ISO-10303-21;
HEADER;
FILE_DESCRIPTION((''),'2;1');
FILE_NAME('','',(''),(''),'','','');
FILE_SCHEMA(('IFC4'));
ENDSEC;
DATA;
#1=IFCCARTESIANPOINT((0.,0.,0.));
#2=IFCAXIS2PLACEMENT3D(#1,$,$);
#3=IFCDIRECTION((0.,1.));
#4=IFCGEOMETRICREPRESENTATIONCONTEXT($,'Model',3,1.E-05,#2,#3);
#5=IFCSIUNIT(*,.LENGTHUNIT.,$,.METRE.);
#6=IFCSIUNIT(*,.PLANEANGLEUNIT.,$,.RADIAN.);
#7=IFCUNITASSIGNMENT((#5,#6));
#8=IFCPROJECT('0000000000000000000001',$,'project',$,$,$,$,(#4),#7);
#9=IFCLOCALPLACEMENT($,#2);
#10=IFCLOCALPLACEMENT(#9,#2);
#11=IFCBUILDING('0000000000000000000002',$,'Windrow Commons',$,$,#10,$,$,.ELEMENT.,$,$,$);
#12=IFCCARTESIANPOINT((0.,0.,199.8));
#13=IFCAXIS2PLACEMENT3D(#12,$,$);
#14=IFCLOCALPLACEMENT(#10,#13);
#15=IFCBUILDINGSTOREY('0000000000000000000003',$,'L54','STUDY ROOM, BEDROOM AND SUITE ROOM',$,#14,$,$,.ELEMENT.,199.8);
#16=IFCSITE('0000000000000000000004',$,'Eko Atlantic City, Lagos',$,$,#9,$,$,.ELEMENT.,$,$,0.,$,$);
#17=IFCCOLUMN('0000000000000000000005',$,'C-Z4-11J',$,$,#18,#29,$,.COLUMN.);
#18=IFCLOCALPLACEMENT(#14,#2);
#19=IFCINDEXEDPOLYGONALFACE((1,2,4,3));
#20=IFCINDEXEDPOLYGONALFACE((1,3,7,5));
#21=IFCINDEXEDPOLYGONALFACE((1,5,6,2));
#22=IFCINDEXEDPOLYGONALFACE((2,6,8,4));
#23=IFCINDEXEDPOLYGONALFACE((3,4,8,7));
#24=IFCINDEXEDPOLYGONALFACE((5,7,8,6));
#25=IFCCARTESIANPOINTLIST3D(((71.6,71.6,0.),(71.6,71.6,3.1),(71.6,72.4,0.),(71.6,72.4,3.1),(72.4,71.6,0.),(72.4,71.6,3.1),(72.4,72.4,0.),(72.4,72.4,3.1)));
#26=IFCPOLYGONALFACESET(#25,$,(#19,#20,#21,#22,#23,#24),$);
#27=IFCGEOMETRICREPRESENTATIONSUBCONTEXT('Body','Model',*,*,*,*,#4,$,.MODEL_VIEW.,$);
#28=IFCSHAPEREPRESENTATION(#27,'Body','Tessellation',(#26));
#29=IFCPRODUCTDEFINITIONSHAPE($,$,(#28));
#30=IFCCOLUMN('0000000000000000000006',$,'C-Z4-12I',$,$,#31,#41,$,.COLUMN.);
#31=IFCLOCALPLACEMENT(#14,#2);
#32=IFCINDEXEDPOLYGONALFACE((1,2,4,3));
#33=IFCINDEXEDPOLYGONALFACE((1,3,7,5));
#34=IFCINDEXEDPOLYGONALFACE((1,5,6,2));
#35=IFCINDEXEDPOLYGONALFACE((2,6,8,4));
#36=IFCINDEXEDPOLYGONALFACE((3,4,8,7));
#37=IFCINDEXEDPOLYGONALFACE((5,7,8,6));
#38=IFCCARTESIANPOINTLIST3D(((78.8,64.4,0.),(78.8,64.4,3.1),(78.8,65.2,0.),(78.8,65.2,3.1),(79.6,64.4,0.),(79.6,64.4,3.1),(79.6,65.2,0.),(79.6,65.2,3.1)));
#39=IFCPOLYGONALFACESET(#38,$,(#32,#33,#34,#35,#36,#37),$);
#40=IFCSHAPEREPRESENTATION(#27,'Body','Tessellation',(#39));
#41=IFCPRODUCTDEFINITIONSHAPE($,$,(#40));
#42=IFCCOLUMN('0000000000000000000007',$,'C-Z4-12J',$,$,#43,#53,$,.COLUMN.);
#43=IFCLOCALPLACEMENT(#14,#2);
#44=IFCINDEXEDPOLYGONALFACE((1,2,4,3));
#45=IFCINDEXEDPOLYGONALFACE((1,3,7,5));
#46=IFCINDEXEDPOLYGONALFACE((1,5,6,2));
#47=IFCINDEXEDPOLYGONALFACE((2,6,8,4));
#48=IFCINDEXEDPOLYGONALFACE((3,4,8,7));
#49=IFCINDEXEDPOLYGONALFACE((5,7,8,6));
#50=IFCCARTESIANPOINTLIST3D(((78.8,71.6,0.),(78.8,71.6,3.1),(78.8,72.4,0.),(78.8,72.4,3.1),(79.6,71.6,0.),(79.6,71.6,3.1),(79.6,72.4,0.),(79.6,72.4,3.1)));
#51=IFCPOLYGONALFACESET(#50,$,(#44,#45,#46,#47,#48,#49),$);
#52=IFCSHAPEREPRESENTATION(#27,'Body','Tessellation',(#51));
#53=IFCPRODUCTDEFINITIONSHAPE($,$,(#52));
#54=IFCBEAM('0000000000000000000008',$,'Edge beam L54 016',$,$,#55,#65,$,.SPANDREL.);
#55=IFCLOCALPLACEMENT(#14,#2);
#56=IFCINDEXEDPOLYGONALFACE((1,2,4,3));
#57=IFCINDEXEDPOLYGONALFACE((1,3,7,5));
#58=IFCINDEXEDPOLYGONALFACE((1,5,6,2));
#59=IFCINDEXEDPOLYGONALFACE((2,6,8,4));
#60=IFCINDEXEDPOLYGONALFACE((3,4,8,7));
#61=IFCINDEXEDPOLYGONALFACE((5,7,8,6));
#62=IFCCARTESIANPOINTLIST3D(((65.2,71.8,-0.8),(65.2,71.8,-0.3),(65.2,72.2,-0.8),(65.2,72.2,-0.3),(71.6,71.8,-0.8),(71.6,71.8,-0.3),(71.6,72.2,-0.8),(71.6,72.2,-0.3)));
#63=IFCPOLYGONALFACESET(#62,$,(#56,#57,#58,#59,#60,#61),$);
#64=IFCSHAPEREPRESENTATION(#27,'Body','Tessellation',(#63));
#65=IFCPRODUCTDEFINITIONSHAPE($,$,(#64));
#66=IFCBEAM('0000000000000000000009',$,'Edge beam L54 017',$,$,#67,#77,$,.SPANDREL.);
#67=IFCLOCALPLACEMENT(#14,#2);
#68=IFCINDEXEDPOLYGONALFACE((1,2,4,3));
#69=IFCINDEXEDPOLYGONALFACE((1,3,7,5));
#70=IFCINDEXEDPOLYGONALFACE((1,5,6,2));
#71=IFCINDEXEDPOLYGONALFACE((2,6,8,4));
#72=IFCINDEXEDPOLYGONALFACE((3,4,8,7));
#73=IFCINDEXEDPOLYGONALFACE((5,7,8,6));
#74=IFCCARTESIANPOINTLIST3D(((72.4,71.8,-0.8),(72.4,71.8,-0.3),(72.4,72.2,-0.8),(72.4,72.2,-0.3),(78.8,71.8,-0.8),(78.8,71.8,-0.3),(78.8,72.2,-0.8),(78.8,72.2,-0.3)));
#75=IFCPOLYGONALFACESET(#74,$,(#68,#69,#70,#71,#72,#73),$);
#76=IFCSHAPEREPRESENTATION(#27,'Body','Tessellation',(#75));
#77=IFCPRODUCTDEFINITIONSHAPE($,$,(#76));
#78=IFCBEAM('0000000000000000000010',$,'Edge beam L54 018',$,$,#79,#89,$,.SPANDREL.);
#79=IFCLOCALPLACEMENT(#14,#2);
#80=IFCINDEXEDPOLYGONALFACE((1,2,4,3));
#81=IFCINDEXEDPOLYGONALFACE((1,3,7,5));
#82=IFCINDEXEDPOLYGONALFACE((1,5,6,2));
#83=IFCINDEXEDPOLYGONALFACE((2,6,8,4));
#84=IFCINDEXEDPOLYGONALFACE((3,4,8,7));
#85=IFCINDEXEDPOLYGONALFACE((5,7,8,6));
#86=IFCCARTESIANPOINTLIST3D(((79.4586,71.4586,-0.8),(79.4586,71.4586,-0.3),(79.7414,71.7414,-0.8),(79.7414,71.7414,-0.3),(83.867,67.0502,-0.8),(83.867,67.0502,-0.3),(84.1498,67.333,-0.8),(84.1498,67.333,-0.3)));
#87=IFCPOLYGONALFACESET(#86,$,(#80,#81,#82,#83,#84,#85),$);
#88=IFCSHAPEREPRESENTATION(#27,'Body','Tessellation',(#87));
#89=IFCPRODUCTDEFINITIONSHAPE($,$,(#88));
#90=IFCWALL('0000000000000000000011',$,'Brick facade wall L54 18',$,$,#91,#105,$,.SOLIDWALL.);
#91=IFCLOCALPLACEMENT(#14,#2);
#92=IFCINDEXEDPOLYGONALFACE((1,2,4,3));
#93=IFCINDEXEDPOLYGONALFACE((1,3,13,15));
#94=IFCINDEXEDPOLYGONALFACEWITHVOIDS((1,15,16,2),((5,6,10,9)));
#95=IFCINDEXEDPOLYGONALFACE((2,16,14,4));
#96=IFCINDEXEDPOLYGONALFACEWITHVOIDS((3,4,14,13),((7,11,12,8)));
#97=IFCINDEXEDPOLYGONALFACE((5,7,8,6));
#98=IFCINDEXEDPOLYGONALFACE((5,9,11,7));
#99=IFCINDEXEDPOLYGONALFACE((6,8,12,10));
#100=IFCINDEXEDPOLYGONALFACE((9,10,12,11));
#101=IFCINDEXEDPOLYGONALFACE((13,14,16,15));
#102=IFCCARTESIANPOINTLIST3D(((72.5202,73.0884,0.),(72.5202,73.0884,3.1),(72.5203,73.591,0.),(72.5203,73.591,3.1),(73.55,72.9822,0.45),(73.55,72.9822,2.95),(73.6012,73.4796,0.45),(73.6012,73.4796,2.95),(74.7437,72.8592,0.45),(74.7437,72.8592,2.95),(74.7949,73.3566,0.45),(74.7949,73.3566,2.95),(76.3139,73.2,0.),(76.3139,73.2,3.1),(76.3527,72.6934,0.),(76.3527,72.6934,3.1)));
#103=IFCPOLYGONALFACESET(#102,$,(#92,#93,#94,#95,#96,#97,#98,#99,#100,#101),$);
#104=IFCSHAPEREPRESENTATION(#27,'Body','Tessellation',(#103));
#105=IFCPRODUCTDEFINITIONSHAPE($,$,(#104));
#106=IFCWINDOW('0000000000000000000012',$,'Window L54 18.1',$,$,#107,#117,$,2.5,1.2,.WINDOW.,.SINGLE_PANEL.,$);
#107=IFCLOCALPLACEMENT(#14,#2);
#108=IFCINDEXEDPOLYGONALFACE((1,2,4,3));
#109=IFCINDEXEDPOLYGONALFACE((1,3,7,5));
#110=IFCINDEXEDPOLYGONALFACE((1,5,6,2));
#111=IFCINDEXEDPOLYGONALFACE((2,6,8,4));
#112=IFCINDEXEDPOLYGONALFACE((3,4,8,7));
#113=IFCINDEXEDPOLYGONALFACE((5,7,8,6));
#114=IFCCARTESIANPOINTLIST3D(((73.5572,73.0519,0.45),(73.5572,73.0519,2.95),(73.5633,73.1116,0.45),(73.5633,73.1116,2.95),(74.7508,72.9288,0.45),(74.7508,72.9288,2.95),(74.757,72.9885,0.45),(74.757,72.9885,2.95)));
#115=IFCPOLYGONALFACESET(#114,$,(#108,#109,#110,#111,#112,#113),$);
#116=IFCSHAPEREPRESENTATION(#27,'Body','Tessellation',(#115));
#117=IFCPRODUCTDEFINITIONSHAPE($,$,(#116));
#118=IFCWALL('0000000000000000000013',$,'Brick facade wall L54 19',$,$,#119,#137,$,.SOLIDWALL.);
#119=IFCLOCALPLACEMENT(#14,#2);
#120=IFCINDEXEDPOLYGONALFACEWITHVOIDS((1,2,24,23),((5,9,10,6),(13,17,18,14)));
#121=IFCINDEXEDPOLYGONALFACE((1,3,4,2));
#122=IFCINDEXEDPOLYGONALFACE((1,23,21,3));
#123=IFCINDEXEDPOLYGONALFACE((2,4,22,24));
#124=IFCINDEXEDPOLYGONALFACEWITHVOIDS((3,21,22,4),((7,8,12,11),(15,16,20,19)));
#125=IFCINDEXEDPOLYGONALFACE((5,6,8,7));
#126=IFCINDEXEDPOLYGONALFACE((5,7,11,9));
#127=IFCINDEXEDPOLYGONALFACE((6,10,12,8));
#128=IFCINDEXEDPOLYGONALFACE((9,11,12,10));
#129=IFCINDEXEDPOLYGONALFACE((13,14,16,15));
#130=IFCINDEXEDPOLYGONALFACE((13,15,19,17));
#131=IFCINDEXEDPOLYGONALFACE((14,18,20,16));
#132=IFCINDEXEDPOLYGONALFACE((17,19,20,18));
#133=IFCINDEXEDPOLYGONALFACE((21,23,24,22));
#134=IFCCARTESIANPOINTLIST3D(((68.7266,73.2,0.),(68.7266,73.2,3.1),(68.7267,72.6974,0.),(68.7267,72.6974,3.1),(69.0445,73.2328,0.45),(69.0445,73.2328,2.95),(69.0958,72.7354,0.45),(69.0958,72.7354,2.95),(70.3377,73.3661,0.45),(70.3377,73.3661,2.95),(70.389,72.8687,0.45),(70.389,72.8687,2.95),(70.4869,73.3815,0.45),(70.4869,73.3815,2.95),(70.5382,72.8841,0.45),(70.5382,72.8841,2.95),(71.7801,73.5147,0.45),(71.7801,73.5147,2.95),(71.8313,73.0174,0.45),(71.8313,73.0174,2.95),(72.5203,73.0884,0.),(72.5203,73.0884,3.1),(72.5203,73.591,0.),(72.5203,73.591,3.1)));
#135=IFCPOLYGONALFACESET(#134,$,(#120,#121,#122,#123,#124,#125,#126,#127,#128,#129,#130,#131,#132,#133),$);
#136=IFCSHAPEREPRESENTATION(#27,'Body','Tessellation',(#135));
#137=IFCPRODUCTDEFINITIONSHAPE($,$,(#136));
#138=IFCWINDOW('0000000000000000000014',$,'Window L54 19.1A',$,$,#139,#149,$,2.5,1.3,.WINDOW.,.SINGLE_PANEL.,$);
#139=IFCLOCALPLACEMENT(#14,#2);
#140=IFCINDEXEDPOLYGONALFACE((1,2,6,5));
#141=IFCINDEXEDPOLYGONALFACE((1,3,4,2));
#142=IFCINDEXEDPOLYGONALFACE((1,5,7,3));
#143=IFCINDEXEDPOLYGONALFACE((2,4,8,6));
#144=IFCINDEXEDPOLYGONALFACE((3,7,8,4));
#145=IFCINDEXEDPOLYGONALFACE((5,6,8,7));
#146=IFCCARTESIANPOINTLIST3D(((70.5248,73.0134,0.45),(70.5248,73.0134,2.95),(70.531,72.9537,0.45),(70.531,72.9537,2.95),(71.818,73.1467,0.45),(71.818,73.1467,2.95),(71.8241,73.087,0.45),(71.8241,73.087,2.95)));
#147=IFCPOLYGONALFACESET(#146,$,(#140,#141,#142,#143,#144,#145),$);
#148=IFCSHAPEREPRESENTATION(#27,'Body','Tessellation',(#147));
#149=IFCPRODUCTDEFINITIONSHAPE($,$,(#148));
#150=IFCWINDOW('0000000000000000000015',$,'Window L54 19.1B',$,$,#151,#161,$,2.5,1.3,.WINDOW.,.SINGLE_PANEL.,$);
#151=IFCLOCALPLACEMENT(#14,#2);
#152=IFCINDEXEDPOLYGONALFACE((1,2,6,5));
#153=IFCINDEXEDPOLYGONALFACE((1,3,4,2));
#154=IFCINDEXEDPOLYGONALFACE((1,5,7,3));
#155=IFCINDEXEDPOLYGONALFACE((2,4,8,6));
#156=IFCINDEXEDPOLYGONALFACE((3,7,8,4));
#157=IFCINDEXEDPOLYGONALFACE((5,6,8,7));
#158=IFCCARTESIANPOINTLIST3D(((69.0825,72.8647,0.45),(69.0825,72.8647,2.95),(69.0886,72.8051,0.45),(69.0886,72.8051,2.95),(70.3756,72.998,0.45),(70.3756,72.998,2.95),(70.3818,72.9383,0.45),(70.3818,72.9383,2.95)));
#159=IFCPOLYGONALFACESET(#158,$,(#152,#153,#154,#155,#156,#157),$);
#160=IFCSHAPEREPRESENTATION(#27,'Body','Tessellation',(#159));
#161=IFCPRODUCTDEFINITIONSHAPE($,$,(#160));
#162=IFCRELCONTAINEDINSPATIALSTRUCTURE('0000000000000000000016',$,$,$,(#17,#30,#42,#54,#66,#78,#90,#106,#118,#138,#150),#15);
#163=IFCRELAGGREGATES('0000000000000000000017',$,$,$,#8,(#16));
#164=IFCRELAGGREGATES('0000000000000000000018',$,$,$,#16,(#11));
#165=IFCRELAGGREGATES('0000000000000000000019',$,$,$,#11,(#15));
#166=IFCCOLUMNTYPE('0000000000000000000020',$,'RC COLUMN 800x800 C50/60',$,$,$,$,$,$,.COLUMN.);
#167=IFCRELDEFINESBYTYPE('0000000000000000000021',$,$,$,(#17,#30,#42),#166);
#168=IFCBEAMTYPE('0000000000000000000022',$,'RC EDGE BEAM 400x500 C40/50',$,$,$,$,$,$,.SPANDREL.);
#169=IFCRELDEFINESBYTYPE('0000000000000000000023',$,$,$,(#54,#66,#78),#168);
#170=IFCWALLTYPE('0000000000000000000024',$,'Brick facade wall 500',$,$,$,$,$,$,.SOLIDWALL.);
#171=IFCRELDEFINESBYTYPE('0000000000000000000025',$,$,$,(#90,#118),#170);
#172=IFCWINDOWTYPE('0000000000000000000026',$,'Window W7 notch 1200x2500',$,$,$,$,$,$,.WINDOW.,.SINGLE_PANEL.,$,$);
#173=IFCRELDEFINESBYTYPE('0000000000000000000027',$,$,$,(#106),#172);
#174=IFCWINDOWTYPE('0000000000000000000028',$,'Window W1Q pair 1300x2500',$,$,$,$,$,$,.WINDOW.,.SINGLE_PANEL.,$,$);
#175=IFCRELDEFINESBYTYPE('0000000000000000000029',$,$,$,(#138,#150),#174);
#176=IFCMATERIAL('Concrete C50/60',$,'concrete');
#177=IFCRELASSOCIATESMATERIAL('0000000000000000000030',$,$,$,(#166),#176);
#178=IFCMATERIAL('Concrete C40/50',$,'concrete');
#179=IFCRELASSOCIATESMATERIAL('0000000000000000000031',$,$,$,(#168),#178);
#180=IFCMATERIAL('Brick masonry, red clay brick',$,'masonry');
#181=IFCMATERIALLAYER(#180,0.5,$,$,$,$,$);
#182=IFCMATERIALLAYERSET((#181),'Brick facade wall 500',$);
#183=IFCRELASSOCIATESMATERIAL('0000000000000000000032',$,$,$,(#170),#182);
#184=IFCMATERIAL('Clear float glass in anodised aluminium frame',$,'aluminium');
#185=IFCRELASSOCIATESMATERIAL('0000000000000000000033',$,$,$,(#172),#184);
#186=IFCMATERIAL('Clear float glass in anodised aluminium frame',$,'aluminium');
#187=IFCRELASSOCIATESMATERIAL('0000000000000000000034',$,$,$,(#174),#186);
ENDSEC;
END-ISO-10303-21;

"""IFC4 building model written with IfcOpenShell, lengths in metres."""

from ifc_helpers import new_model, si_unit, direction, frame, frame_2d, origin, origin_2d, place, context, subcontext, project, spatial, polyline, rectangle, outline, extrude, material, layer, layer_set, material_profile, profile_set, type_object, element, fill, save


model = new_model("IFC4")

# Units and contexts
model_context = context("Model", 3, precision=1e-05, world=origin(), true_north=direction((0.0, 1.0)))
body_context = subcontext(model_context, "Body", "Model", "MODEL_VIEW")
ifc_project = project(units=[si_unit("LENGTHUNIT", "METRE"), si_unit("PLANEANGLEUNIT", "RADIAN")], contexts=[model_context])

# Site, building, storey
site_placement = place(None, origin())
site = spatial("IfcSite", under=ifc_project, at=site_placement, Name="Eko Atlantic City, Lagos", CompositionType="ELEMENT", RefElevation=0.0)
building_placement = place(site_placement, origin())
building = spatial("IfcBuilding", under=site, at=building_placement, Name="Windrow Commons", CompositionType="ELEMENT")
storey_placement = place(building_placement, frame((0.0, 0.0, 199.8)))
storey = spatial("IfcBuildingStorey", under=building, at=storey_placement, Name="L54", Description="STUDY ROOM, BEDROOM AND SUITE ROOM", CompositionType="ELEMENT", Elevation=199.8)

# Columns
ifc_material_1 = material(Name="Concrete C50/60", Category="concrete")
ifc_material_profile_1 = material_profile(ifc_material_1, rectangle(XDim=0.8, YDim=0.8, at=origin_2d()))
ifc_profile_set_1 = profile_set([ifc_material_profile_1], Name="Concrete C50/60")
column_type = type_object("IfcColumnType", Name="RC COLUMN 800x800 C50/60", PredefinedType="COLUMN", material=ifc_profile_set_1)
for number, where, z_axis, x_axis, name in (
    (1, (72.0, 72.0, 0.0), (0.0, 0.0, 1.0), (1.0, 0.0, 0.0), "C-Z4-11J"),
    (2, (79.2, 64.8, 0.0), (0.0, 0.0, 1.0), (1.0, 0.0, 0.0), "C-Z4-12I"),
    (3, (79.2, 72.0, 0.0), (0.0, 0.0, 1.0), (1.0, 0.0, 0.0), "C-Z4-12J"),
):
    element("IfcColumn", number, at=place(storey_placement, frame(where, z_axis=z_axis, x_axis=x_axis)), inside=storey, type_object=column_type, Name=name, PredefinedType="COLUMN", context=body_context, shape_type="SweptSolid", body=[
        extrude(rectangle(XDim=0.8, YDim=0.8, at=origin_2d()), origin(), (0.0, 0.0, 1.0), 3.1),
    ])

# Beams
ifc_material_2 = material(Name="Concrete C40/50", Category="concrete")
ifc_material_profile_2 = material_profile(ifc_material_2, rectangle(XDim=0.4, YDim=0.5, at=origin_2d()))
ifc_profile_set_2 = profile_set([ifc_material_profile_2], Name="Concrete C40/50")
beam_type = type_object("IfcBeamType", Name="RC EDGE BEAM 400x500 C40/50", PredefinedType="SPANDREL", material=ifc_profile_set_2)
for number, where, z_axis, x_axis, name in (
    (4, (65.2, 72.0, -0.55), (1.0, 0.0, 0.0), (0.0, 1.0, 0.0), "Edge beam L54 016"),
    (5, (72.4, 72.0, -0.55), (1.0, 0.0, 0.0), (0.0, 1.0, 0.0), "Edge beam L54 017"),
):
    element("IfcBeam", number, at=place(storey_placement, frame(where, z_axis=z_axis, x_axis=x_axis)), inside=storey, type_object=beam_type, Name=name, PredefinedType="SPANDREL", context=body_context, shape_type="SweptSolid", body=[
        extrude(rectangle(XDim=0.4, YDim=0.5, at=origin_2d()), origin(), (0.0, 0.0, 1.0), 6.4),
    ])
beam_placement = place(storey_placement, frame((79.6, 71.6, -0.55), z_axis=(0.707107, -0.707107, 0.0), x_axis=(0.707107, 0.707107, 0.0)))
element("IfcBeam", 6, at=beam_placement, inside=storey, type_object=beam_type, Name="Edge beam L54 018", PredefinedType="SPANDREL", context=body_context, shape_type="SweptSolid", body=[
    extrude(rectangle(XDim=0.4, YDim=0.5, at=origin_2d()), origin(), (0.0, 0.0, 1.0), 6.2344),
])

# Wall, opening, window
ifc_material_3 = material(Name="Brick masonry, red clay brick", Category="masonry")
ifc_layer_1 = layer(ifc_material_3, 0.5)
ifc_layer_set_1 = layer_set([ifc_layer_1], Name="Brick facade wall 500")
wall_type_1 = type_object("IfcWallType", Name="Brick facade wall 500", PredefinedType="SOLIDWALL", material=ifc_layer_set_1)
wall_1_placement = place(storey_placement, frame((76.3333, 72.9467, 0.0), z_axis=(0.0, 0.0, 1.0), x_axis=(-0.99473, 0.102525, 0.0)))
wall_1 = element("IfcWall", 7, at=wall_1_placement, inside=storey, type_object=wall_type_1, Name="Brick facade wall L54 18", PredefinedType="SOLIDWALL", context=body_context, shape_type="SweptSolid", body=[
    extrude(outline(polyline([(0.0453, -0.25), (3.859, -0.25), (3.8075, 0.25), (-0.0453, 0.25), (0.0453, -0.25)])), origin(), (0.0, 0.0, 1.0), 3.1),
])
opening_1_placement = place(wall_1_placement, frame((1.5723, 0.0, 0.45)))
opening_1 = element("IfcOpeningElement", 8, at=opening_1_placement, cuts=wall_1, PredefinedType="OPENING", context=body_context, shape_type="SweptSolid", body=[
    extrude(rectangle(XDim=1.2, YDim=2.5, at=frame_2d((0.6, 1.25))), frame((0.0, 0.26, 0.0), z_axis=(0.0, -1.0, 0.0), x_axis=(1.0, 0.0, 0.0)), (0.0, 0.0, 1.0), 0.52),
])
ifc_material_4 = material(Name="Clear float glass in anodised aluminium frame", Category="aluminium")
window_type_1 = type_object("IfcWindowType", Name="Window W7 notch 1200x2500", PartitioningType="SINGLE_PANEL", PredefinedType="WINDOW", material=ifc_material_4)
window_1_placement = place(opening_1_placement, origin())
window_1 = element("IfcWindow", 9, at=window_1_placement, inside=storey, type_object=window_type_1, Name="Window L54 18.1", OverallHeight=2.5, OverallWidth=1.2, PartitioningType="SINGLE_PANEL", PredefinedType="WINDOW", context=body_context, shape_type="SweptSolid", body=[
    extrude(rectangle(XDim=1.2, YDim=2.5, at=frame_2d((0.6, 1.25))), frame((0.0, 0.18, 0.0), z_axis=(0.0, -1.0, 0.0), x_axis=(1.0, 0.0, 0.0)), (0.0, 0.0, 1.0), 0.06),
])
fill(opening_1, window_1)

# Wall, openings, windows
wall_2_placement = place(storey_placement, frame((72.5203, 73.3397, 0.0), z_axis=(0.0, 0.0, 1.0), x_axis=(-0.994731, -0.102523, 0.0)))
wall_2 = element("IfcWall", 10, at=wall_2_placement, inside=storey, type_object=wall_type_1, Name="Brick facade wall L54 19", PredefinedType="SOLIDWALL", context=body_context, shape_type="SweptSolid", body=[
    extrude(outline(polyline([(-0.0258, -0.25), (3.788, -0.25), (3.8395, 0.25), (0.0258, 0.25), (-0.0258, -0.25)])), origin(), (0.0, 0.0, 1.0), 3.1),
])
opening_2_placement = place(wall_2_placement, frame((0.7184, 0.0, 0.45)))
opening_2 = element("IfcOpeningElement", 11, at=opening_2_placement, cuts=wall_2, PredefinedType="OPENING", context=body_context, shape_type="SweptSolid", body=[
    extrude(rectangle(XDim=1.3, YDim=2.5, at=frame_2d((0.65, 1.25))), frame((0.0, 0.26, 0.0), z_axis=(0.0, -1.0, 0.0), x_axis=(1.0, 0.0, 0.0)), (0.0, 0.0, 1.0), 0.52),
])
opening_3_placement = place(wall_2_placement, frame((2.1684, 0.0, 0.45)))
opening_3 = element("IfcOpeningElement", 12, at=opening_3_placement, cuts=wall_2, PredefinedType="OPENING", context=body_context, shape_type="SweptSolid", body=[
    extrude(rectangle(XDim=1.3, YDim=2.5, at=frame_2d((0.65, 1.25))), frame((0.0, 0.26, 0.0), z_axis=(0.0, -1.0, 0.0), x_axis=(1.0, 0.0, 0.0)), (0.0, 0.0, 1.0), 0.52),
])
ifc_material_5 = material(Name="Clear float glass in anodised aluminium frame", Category="aluminium")
window_type_2 = type_object("IfcWindowType", Name="Window W1Q pair 1300x2500", PartitioningType="SINGLE_PANEL", PredefinedType="WINDOW", material=ifc_material_5)
window_2_placement = place(opening_2_placement, origin())
window_2 = element("IfcWindow", 13, at=window_2_placement, inside=storey, type_object=window_type_2, Name="Window L54 19.1A", OverallHeight=2.5, OverallWidth=1.3, PartitioningType="SINGLE_PANEL", PredefinedType="WINDOW", context=body_context, shape_type="SweptSolid", body=[
    extrude(rectangle(XDim=1.3, YDim=2.5, at=frame_2d((0.65, 1.25))), frame((0.0, 0.18, 0.0), z_axis=(0.0, -1.0, 0.0), x_axis=(1.0, 0.0, 0.0)), (0.0, 0.0, 1.0), 0.06),
])
fill(opening_2, window_2)
window_3_placement = place(opening_3_placement, origin())
window_3 = element("IfcWindow", 14, at=window_3_placement, inside=storey, type_object=window_type_2, Name="Window L54 19.1B", OverallHeight=2.5, OverallWidth=1.3, PartitioningType="SINGLE_PANEL", PredefinedType="WINDOW", context=body_context, shape_type="SweptSolid", body=[
    extrude(rectangle(XDim=1.3, YDim=2.5, at=frame_2d((0.65, 1.25))), frame((0.0, 0.18, 0.0), z_axis=(0.0, -1.0, 0.0), x_axis=(1.0, 0.0, 0.0)), (0.0, 0.0, 1.0), 0.06),
])
fill(opening_3, window_3)

save(model, "model.ifc")
